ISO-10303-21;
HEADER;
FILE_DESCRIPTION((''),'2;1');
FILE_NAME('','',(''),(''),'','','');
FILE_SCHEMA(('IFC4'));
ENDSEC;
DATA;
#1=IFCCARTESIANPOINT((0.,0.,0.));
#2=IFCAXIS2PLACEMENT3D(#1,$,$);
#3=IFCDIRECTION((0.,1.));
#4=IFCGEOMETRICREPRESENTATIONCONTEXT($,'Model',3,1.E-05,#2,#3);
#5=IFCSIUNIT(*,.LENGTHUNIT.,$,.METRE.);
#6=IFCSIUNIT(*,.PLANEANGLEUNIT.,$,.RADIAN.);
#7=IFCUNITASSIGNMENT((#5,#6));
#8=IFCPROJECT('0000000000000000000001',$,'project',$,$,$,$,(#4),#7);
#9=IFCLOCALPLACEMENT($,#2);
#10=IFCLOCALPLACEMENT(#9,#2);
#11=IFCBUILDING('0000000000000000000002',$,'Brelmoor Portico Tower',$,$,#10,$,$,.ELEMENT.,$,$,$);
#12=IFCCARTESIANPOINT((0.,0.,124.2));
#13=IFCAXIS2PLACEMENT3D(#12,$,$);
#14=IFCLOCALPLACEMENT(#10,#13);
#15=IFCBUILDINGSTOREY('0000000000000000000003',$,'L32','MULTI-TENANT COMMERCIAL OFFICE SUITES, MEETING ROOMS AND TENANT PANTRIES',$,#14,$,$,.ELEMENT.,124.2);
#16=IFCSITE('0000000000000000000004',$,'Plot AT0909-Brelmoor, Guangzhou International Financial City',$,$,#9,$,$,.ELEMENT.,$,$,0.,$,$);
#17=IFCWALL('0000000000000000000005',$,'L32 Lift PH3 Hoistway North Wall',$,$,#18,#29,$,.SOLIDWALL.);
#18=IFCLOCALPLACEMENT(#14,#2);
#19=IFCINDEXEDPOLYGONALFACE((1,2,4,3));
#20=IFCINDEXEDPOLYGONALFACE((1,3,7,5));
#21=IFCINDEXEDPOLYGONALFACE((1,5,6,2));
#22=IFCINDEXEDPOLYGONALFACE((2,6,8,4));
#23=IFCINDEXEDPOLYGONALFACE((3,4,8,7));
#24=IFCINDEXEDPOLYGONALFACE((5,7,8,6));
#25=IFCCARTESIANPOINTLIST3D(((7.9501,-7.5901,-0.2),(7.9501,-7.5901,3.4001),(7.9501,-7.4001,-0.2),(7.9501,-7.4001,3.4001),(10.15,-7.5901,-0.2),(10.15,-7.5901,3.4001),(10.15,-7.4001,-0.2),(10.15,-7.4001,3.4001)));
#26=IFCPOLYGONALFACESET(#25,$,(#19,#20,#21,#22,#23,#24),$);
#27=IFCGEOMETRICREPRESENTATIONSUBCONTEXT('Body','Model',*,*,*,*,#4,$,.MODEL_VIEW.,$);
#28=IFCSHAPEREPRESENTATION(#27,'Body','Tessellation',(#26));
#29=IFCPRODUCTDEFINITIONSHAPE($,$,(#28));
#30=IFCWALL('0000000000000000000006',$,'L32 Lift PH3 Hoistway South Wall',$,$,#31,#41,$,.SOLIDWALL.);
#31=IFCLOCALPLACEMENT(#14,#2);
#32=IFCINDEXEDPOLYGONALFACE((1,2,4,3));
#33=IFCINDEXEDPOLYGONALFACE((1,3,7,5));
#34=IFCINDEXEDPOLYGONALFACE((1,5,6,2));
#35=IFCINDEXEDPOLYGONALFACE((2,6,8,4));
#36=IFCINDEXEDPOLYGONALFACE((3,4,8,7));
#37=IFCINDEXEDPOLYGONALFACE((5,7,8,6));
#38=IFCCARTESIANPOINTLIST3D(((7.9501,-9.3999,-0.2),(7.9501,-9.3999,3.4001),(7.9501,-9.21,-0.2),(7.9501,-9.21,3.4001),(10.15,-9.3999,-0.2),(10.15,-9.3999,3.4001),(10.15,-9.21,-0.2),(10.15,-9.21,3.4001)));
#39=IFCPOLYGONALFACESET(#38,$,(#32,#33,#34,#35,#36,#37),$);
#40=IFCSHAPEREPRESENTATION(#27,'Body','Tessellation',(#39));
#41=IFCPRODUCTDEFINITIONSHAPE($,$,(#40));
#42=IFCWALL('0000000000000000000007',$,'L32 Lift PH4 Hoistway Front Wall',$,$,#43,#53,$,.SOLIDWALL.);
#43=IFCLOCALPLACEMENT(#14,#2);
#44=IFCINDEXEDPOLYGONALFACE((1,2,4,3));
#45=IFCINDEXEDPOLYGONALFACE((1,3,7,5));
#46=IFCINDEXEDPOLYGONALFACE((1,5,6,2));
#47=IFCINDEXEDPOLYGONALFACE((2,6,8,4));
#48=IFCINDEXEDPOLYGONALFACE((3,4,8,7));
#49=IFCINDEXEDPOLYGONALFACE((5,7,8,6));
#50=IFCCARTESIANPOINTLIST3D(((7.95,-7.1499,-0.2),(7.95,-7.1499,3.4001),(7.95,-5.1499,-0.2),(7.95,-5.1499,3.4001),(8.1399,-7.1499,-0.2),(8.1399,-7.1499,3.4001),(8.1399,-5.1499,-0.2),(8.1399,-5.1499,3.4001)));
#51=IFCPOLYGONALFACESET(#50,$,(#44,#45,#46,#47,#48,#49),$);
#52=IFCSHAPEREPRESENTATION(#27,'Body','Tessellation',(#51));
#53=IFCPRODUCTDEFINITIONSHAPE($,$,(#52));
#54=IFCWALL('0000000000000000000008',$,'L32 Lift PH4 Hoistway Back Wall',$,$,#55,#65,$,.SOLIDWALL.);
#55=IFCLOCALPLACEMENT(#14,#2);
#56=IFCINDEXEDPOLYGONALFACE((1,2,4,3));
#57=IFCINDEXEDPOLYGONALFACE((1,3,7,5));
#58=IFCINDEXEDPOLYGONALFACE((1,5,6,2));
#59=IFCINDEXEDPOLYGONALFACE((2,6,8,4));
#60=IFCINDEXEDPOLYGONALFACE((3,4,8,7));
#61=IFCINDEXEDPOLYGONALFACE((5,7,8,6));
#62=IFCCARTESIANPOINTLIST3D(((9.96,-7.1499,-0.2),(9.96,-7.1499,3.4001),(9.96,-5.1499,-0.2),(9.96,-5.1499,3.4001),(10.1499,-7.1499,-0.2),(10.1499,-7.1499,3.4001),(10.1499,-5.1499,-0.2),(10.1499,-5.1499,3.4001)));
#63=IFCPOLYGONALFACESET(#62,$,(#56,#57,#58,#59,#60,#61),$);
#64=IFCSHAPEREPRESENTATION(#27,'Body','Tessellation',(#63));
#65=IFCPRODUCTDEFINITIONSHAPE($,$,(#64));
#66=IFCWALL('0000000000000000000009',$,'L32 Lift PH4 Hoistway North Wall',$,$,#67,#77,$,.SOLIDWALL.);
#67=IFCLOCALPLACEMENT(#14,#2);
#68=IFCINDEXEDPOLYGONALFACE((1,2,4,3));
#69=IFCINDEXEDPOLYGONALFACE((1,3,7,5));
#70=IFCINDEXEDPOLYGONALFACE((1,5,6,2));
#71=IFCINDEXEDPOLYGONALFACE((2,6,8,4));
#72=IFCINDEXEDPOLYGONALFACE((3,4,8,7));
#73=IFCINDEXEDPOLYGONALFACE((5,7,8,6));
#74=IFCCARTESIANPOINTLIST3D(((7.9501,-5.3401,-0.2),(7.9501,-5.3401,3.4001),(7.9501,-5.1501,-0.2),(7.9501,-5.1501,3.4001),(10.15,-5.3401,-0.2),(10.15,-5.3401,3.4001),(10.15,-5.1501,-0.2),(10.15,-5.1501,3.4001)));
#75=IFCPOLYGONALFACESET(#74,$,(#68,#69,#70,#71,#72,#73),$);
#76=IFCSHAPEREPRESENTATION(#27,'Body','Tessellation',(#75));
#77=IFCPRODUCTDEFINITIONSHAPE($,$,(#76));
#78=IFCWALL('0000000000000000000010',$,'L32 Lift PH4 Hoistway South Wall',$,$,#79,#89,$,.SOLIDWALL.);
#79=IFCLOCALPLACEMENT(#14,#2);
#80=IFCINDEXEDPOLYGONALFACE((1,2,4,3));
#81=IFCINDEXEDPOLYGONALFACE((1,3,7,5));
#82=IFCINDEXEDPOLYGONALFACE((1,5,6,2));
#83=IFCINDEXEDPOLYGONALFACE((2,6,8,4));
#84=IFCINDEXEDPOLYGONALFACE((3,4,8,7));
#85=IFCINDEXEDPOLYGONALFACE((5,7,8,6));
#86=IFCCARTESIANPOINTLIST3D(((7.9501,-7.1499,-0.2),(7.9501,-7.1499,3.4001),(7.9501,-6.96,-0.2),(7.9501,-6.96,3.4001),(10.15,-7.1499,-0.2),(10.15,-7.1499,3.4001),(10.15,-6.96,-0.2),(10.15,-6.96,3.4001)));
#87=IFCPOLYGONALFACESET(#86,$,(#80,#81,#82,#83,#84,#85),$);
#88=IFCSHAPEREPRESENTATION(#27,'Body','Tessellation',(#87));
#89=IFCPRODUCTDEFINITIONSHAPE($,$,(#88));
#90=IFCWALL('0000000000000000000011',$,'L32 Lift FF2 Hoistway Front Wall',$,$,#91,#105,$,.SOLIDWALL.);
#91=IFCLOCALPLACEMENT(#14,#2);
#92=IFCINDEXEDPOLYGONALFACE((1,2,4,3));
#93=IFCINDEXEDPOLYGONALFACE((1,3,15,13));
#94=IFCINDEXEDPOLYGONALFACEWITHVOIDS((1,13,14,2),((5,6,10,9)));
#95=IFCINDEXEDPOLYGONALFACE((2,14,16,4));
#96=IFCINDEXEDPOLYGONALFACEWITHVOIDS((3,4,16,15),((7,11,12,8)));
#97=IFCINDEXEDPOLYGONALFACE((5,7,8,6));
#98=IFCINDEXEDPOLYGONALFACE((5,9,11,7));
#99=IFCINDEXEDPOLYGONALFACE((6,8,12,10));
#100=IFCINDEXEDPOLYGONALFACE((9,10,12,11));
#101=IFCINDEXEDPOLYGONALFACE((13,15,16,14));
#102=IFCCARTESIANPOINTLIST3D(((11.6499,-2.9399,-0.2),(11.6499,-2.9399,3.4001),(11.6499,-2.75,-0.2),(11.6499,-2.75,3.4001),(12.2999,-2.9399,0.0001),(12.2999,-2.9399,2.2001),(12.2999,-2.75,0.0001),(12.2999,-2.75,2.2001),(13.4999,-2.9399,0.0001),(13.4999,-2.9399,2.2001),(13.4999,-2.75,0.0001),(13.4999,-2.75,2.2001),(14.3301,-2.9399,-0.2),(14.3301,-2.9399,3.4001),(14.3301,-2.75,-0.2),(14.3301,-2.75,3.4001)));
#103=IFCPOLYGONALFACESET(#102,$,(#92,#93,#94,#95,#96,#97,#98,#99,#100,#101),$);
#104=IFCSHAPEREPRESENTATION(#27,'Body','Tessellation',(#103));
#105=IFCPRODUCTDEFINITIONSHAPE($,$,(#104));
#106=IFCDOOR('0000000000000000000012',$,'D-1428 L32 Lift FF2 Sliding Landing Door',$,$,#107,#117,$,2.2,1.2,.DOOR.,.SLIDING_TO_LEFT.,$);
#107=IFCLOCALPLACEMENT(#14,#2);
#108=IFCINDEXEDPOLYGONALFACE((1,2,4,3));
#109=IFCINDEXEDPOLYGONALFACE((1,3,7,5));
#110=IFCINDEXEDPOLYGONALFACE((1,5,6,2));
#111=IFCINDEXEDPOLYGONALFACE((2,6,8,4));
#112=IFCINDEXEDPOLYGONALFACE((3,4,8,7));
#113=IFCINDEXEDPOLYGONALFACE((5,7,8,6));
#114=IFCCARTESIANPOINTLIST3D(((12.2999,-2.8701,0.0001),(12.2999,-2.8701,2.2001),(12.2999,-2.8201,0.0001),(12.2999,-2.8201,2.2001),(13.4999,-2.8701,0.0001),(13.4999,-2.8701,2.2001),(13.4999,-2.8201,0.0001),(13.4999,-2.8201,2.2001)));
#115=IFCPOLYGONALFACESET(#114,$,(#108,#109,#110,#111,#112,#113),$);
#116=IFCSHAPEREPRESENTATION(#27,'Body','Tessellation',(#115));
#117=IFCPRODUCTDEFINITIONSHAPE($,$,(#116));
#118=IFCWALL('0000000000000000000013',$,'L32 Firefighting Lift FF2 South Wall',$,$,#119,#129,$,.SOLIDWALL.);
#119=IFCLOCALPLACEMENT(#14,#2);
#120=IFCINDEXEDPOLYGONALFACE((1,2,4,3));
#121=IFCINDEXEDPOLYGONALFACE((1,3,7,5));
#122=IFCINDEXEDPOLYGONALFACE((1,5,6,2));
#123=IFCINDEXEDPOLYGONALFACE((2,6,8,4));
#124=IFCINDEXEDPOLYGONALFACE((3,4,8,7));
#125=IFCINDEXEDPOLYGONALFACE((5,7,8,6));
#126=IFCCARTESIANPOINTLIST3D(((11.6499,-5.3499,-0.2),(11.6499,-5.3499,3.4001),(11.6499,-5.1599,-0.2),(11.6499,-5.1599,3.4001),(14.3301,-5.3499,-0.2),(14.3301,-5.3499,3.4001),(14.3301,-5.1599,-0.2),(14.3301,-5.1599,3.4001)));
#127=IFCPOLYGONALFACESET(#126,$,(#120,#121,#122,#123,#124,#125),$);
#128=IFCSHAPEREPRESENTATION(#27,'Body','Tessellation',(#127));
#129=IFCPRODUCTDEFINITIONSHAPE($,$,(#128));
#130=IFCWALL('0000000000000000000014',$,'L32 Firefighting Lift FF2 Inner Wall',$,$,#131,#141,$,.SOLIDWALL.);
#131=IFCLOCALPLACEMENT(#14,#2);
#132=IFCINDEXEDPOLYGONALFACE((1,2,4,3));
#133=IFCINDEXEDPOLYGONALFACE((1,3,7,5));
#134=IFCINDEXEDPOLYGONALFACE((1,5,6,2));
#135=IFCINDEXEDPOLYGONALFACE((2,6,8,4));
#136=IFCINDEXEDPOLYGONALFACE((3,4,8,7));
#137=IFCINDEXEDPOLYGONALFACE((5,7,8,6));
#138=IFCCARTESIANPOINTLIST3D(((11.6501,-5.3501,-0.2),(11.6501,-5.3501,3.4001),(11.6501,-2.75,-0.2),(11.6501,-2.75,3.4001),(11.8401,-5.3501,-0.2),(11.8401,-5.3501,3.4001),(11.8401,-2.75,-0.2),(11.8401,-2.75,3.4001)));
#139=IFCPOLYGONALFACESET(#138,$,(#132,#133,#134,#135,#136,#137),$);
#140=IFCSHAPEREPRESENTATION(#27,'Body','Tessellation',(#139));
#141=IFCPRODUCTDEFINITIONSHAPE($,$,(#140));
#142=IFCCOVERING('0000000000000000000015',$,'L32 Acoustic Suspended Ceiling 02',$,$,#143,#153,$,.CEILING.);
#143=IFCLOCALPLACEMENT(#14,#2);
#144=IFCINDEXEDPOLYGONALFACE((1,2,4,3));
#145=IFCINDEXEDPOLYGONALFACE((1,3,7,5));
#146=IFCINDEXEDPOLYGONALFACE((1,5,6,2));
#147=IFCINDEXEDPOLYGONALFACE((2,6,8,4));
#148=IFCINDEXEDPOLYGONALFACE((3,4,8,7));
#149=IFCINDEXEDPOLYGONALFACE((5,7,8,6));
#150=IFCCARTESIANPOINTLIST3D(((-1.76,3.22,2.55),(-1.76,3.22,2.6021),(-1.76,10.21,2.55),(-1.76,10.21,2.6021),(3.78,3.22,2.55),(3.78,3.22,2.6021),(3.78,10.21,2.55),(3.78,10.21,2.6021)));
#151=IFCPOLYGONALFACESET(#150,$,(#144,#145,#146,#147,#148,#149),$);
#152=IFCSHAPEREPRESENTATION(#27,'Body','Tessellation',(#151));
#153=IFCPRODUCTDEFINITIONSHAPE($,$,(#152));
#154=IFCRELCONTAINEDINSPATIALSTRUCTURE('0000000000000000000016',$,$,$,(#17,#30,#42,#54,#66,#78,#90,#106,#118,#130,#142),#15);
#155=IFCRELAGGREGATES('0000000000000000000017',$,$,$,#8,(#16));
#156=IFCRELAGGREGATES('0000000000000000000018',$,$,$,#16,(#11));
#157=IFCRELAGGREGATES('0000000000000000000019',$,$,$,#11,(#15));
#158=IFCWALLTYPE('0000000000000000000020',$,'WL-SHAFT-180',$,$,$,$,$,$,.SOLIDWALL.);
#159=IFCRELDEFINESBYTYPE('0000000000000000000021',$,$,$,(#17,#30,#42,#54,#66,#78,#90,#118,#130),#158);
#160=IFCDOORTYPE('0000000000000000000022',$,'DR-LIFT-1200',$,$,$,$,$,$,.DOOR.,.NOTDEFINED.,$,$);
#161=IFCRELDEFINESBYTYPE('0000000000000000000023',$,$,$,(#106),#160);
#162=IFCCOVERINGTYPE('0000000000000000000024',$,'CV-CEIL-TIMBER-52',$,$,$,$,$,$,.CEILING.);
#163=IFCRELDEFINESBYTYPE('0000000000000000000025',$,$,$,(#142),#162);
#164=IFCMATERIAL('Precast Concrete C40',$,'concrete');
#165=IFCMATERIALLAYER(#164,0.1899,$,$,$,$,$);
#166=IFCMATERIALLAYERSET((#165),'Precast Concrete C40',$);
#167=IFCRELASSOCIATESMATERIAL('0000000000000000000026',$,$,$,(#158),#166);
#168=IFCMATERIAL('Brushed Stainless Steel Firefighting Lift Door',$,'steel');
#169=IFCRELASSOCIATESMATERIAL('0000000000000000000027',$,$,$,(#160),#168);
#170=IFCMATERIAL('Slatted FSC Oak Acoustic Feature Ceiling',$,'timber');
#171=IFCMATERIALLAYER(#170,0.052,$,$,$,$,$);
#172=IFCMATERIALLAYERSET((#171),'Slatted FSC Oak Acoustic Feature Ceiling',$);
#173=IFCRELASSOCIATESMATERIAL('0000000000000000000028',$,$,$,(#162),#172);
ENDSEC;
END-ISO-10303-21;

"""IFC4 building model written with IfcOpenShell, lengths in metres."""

from ifc_helpers import new_model, si_unit, direction, frame, frame_2d, origin, place, context, subcontext, project, spatial, polyline, rectangle, outline, extrude, material, layer, layer_set, type_object, element, fill, save


model = new_model("IFC4")

# Units and contexts
model_context = context("Model", 3, precision=1e-05, world=origin(), true_north=direction((0.0, 1.0)))
body_context = subcontext(model_context, "Body", "Model", "MODEL_VIEW")
ifc_project = project(units=[si_unit("LENGTHUNIT", "METRE"), si_unit("PLANEANGLEUNIT", "RADIAN")], contexts=[model_context])

# Site, building, storey
site_placement = place(None, origin())
site = spatial("IfcSite", under=ifc_project, at=site_placement, Name="Plot AT0909-Brelmoor, Guangzhou International Financial City", CompositionType="ELEMENT", RefElevation=0.0)
building_placement = place(site_placement, origin())
building = spatial("IfcBuilding", under=site, at=building_placement, Name="Brelmoor Portico Tower", CompositionType="ELEMENT")
storey_placement = place(building_placement, frame((0.0, 0.0, 124.2)))
storey = spatial("IfcBuildingStorey", under=building, at=storey_placement, Name="L32", Description="MULTI-TENANT COMMERCIAL OFFICE SUITES, MEETING ROOMS AND TENANT PANTRIES", CompositionType="ELEMENT", Elevation=124.2)

# Walls
ifc_material_1 = material(Name="Precast Concrete C40", Category="concrete")
ifc_layer_1 = layer(ifc_material_1, 0.1899)
ifc_layer_set_1 = layer_set([ifc_layer_1], Name="Precast Concrete C40")
wall_type_1 = type_object("IfcWallType", Name="WL-SHAFT-180", PredefinedType="SOLIDWALL", material=ifc_layer_set_1)
for number, where, z_axis, x_axis, name in (
    (1, (7.95, -7.4951, -0.2), (0.0, 0.0, 1.0), (1.0, 0.0, 0.0), "L32 Lift PH3 Hoistway North Wall"),
    (2, (7.95, -9.3049, -0.2), (0.0, 0.0, 1.0), (1.0, 0.0, 0.0), "L32 Lift PH3 Hoistway South Wall"),
):
    element("IfcWall", number, at=place(storey_placement, frame(where, z_axis=z_axis, x_axis=x_axis)), inside=storey, type_object=wall_type_1, Name=name, PredefinedType="SOLIDWALL", context=body_context, shape_type="SweptSolid", body=[
        extrude(rectangle(XDim=2.2, YDim=0.1899, at=frame_2d((1.1001, 0.0))), origin(), (0.0, 0.0, 1.0), 3.6001),
    ])
for number, where, z_axis, x_axis, name in (
    (3, (8.0449, -7.1499, -0.2), (0.0, 0.0, 1.0), (0.0, 1.0, 0.0), "L32 Lift PH4 Hoistway Front Wall"),
    (4, (10.0549, -7.1499, -0.2), (0.0, 0.0, 1.0), (0.0, 1.0, 0.0), "L32 Lift PH4 Hoistway Back Wall"),
):
    element("IfcWall", number, at=place(storey_placement, frame(where, z_axis=z_axis, x_axis=x_axis)), inside=storey, type_object=wall_type_1, Name=name, PredefinedType="SOLIDWALL", context=body_context, shape_type="SweptSolid", body=[
        extrude(rectangle(XDim=2.0, YDim=0.1899, at=frame_2d((1.0, 0.0))), origin(), (0.0, 0.0, 1.0), 3.6001),
    ])
for number, where, z_axis, x_axis, name in (
    (5, (7.95, -5.2451, -0.2), (0.0, 0.0, 1.0), (1.0, 0.0, 0.0), "L32 Lift PH4 Hoistway North Wall"),
    (6, (7.95, -7.0549, -0.2), (0.0, 0.0, 1.0), (1.0, 0.0, 0.0), "L32 Lift PH4 Hoistway South Wall"),
):
    element("IfcWall", number, at=place(storey_placement, frame(where, z_axis=z_axis, x_axis=x_axis)), inside=storey, type_object=wall_type_1, Name=name, PredefinedType="SOLIDWALL", context=body_context, shape_type="SweptSolid", body=[
        extrude(rectangle(XDim=2.2, YDim=0.1899, at=frame_2d((1.1001, 0.0))), origin(), (0.0, 0.0, 1.0), 3.6001),
    ])

# Wall, opening, door
wall_1_placement = place(storey_placement, frame((11.6499, -2.845, -0.2), z_axis=(0.0, 0.0, 1.0), x_axis=(1.0, 0.0, 0.0)))
wall_1 = element("IfcWall", 7, at=wall_1_placement, inside=storey, type_object=wall_type_1, Name="L32 Lift FF2 Hoistway Front Wall", PredefinedType="SOLIDWALL", context=body_context, shape_type="SweptSolid", body=[
    extrude(rectangle(XDim=2.6802, YDim=0.1899, at=frame_2d((1.3401, 0.0))), origin(), (0.0, 0.0, 1.0), 3.6001),
])
opening_1_placement = place(wall_1_placement, frame((0.6499, 0.0, 0.2)))
opening_1 = element("IfcOpeningElement", 8, at=opening_1_placement, cuts=wall_1, PredefinedType="OPENING", context=body_context, shape_type="SweptSolid", body=[
    extrude(rectangle(XDim=1.2, YDim=2.2, at=frame_2d((0.6001, 1.1001))), frame((0.0, 0.105, 0.0), z_axis=(0.0, -1.0, 0.0), x_axis=(1.0, 0.0, 0.0)), (0.0, 0.0, 1.0), 0.21),
])
ifc_material_2 = material(Name="Brushed Stainless Steel Firefighting Lift Door", Category="steel")
door_type_1 = type_object("IfcDoorType", Name="DR-LIFT-1200", OperationType="NOTDEFINED", PredefinedType="DOOR", material=ifc_material_2)
door_1_placement = place(opening_1_placement, origin())
door_1 = element("IfcDoor", 9, at=door_1_placement, inside=storey, type_object=door_type_1, Name="D-1428 L32 Lift FF2 Sliding Landing Door", OperationType="SLIDING_TO_LEFT", OverallHeight=2.2, OverallWidth=1.2, PredefinedType="DOOR", context=body_context, shape_type="SweptSolid", body=[
    extrude(rectangle(XDim=1.2, YDim=2.2, at=frame_2d((0.6001, 1.1001))), frame((0.0, 0.0249, 0.0), z_axis=(0.0, -1.0, 0.0), x_axis=(1.0, 0.0, 0.0)), (0.0, 0.0, 1.0), 0.05),
])
fill(opening_1, door_1)

# Walls
wall_2_placement = place(storey_placement, frame((11.6499, -5.2549, -0.2), z_axis=(0.0, 0.0, 1.0), x_axis=(1.0, 0.0, 0.0)))
element("IfcWall", 10, at=wall_2_placement, inside=storey, type_object=wall_type_1, Name="L32 Firefighting Lift FF2 South Wall", PredefinedType="SOLIDWALL", context=body_context, shape_type="SweptSolid", body=[
    extrude(rectangle(XDim=2.6802, YDim=0.1899, at=frame_2d((1.3401, 0.0))), origin(), (0.0, 0.0, 1.0), 3.6001),
])
wall_3_placement = place(storey_placement, frame((11.7451, -5.3501, -0.2), z_axis=(0.0, 0.0, 1.0), x_axis=(0.0, 1.0, 0.0)))
element("IfcWall", 11, at=wall_3_placement, inside=storey, type_object=wall_type_1, Name="L32 Firefighting Lift FF2 Inner Wall", PredefinedType="SOLIDWALL", context=body_context, shape_type="SweptSolid", body=[
    extrude(rectangle(XDim=2.6001, YDim=0.1899, at=frame_2d((1.3, 0.0))), origin(), (0.0, 0.0, 1.0), 3.6001),
])

# Covering
ifc_material_3 = material(Name="Slatted FSC Oak Acoustic Feature Ceiling", Category="timber")
ifc_layer_2 = layer(ifc_material_3, 0.052)
ifc_layer_set_2 = layer_set([ifc_layer_2], Name="Slatted FSC Oak Acoustic Feature Ceiling")
covering_type = type_object("IfcCoveringType", Name="CV-CEIL-TIMBER-52", PredefinedType="CEILING", material=ifc_layer_set_2)
covering_placement = place(storey_placement, frame((0.0, 0.0, 2.55)))
element("IfcCovering", 12, at=covering_placement, inside=storey, type_object=covering_type, Name="L32 Acoustic Suspended Ceiling 02", PredefinedType="CEILING", context=body_context, shape_type="SweptSolid", body=[
    extrude(outline(polyline([(-1.76, 3.22), (-1.76, 10.21), (3.78, 10.21), (3.78, 3.22), (-1.76, 3.22)])), origin(), (0.0, 0.0, 1.0), 0.052),
])

save(model, "model.ifc")
